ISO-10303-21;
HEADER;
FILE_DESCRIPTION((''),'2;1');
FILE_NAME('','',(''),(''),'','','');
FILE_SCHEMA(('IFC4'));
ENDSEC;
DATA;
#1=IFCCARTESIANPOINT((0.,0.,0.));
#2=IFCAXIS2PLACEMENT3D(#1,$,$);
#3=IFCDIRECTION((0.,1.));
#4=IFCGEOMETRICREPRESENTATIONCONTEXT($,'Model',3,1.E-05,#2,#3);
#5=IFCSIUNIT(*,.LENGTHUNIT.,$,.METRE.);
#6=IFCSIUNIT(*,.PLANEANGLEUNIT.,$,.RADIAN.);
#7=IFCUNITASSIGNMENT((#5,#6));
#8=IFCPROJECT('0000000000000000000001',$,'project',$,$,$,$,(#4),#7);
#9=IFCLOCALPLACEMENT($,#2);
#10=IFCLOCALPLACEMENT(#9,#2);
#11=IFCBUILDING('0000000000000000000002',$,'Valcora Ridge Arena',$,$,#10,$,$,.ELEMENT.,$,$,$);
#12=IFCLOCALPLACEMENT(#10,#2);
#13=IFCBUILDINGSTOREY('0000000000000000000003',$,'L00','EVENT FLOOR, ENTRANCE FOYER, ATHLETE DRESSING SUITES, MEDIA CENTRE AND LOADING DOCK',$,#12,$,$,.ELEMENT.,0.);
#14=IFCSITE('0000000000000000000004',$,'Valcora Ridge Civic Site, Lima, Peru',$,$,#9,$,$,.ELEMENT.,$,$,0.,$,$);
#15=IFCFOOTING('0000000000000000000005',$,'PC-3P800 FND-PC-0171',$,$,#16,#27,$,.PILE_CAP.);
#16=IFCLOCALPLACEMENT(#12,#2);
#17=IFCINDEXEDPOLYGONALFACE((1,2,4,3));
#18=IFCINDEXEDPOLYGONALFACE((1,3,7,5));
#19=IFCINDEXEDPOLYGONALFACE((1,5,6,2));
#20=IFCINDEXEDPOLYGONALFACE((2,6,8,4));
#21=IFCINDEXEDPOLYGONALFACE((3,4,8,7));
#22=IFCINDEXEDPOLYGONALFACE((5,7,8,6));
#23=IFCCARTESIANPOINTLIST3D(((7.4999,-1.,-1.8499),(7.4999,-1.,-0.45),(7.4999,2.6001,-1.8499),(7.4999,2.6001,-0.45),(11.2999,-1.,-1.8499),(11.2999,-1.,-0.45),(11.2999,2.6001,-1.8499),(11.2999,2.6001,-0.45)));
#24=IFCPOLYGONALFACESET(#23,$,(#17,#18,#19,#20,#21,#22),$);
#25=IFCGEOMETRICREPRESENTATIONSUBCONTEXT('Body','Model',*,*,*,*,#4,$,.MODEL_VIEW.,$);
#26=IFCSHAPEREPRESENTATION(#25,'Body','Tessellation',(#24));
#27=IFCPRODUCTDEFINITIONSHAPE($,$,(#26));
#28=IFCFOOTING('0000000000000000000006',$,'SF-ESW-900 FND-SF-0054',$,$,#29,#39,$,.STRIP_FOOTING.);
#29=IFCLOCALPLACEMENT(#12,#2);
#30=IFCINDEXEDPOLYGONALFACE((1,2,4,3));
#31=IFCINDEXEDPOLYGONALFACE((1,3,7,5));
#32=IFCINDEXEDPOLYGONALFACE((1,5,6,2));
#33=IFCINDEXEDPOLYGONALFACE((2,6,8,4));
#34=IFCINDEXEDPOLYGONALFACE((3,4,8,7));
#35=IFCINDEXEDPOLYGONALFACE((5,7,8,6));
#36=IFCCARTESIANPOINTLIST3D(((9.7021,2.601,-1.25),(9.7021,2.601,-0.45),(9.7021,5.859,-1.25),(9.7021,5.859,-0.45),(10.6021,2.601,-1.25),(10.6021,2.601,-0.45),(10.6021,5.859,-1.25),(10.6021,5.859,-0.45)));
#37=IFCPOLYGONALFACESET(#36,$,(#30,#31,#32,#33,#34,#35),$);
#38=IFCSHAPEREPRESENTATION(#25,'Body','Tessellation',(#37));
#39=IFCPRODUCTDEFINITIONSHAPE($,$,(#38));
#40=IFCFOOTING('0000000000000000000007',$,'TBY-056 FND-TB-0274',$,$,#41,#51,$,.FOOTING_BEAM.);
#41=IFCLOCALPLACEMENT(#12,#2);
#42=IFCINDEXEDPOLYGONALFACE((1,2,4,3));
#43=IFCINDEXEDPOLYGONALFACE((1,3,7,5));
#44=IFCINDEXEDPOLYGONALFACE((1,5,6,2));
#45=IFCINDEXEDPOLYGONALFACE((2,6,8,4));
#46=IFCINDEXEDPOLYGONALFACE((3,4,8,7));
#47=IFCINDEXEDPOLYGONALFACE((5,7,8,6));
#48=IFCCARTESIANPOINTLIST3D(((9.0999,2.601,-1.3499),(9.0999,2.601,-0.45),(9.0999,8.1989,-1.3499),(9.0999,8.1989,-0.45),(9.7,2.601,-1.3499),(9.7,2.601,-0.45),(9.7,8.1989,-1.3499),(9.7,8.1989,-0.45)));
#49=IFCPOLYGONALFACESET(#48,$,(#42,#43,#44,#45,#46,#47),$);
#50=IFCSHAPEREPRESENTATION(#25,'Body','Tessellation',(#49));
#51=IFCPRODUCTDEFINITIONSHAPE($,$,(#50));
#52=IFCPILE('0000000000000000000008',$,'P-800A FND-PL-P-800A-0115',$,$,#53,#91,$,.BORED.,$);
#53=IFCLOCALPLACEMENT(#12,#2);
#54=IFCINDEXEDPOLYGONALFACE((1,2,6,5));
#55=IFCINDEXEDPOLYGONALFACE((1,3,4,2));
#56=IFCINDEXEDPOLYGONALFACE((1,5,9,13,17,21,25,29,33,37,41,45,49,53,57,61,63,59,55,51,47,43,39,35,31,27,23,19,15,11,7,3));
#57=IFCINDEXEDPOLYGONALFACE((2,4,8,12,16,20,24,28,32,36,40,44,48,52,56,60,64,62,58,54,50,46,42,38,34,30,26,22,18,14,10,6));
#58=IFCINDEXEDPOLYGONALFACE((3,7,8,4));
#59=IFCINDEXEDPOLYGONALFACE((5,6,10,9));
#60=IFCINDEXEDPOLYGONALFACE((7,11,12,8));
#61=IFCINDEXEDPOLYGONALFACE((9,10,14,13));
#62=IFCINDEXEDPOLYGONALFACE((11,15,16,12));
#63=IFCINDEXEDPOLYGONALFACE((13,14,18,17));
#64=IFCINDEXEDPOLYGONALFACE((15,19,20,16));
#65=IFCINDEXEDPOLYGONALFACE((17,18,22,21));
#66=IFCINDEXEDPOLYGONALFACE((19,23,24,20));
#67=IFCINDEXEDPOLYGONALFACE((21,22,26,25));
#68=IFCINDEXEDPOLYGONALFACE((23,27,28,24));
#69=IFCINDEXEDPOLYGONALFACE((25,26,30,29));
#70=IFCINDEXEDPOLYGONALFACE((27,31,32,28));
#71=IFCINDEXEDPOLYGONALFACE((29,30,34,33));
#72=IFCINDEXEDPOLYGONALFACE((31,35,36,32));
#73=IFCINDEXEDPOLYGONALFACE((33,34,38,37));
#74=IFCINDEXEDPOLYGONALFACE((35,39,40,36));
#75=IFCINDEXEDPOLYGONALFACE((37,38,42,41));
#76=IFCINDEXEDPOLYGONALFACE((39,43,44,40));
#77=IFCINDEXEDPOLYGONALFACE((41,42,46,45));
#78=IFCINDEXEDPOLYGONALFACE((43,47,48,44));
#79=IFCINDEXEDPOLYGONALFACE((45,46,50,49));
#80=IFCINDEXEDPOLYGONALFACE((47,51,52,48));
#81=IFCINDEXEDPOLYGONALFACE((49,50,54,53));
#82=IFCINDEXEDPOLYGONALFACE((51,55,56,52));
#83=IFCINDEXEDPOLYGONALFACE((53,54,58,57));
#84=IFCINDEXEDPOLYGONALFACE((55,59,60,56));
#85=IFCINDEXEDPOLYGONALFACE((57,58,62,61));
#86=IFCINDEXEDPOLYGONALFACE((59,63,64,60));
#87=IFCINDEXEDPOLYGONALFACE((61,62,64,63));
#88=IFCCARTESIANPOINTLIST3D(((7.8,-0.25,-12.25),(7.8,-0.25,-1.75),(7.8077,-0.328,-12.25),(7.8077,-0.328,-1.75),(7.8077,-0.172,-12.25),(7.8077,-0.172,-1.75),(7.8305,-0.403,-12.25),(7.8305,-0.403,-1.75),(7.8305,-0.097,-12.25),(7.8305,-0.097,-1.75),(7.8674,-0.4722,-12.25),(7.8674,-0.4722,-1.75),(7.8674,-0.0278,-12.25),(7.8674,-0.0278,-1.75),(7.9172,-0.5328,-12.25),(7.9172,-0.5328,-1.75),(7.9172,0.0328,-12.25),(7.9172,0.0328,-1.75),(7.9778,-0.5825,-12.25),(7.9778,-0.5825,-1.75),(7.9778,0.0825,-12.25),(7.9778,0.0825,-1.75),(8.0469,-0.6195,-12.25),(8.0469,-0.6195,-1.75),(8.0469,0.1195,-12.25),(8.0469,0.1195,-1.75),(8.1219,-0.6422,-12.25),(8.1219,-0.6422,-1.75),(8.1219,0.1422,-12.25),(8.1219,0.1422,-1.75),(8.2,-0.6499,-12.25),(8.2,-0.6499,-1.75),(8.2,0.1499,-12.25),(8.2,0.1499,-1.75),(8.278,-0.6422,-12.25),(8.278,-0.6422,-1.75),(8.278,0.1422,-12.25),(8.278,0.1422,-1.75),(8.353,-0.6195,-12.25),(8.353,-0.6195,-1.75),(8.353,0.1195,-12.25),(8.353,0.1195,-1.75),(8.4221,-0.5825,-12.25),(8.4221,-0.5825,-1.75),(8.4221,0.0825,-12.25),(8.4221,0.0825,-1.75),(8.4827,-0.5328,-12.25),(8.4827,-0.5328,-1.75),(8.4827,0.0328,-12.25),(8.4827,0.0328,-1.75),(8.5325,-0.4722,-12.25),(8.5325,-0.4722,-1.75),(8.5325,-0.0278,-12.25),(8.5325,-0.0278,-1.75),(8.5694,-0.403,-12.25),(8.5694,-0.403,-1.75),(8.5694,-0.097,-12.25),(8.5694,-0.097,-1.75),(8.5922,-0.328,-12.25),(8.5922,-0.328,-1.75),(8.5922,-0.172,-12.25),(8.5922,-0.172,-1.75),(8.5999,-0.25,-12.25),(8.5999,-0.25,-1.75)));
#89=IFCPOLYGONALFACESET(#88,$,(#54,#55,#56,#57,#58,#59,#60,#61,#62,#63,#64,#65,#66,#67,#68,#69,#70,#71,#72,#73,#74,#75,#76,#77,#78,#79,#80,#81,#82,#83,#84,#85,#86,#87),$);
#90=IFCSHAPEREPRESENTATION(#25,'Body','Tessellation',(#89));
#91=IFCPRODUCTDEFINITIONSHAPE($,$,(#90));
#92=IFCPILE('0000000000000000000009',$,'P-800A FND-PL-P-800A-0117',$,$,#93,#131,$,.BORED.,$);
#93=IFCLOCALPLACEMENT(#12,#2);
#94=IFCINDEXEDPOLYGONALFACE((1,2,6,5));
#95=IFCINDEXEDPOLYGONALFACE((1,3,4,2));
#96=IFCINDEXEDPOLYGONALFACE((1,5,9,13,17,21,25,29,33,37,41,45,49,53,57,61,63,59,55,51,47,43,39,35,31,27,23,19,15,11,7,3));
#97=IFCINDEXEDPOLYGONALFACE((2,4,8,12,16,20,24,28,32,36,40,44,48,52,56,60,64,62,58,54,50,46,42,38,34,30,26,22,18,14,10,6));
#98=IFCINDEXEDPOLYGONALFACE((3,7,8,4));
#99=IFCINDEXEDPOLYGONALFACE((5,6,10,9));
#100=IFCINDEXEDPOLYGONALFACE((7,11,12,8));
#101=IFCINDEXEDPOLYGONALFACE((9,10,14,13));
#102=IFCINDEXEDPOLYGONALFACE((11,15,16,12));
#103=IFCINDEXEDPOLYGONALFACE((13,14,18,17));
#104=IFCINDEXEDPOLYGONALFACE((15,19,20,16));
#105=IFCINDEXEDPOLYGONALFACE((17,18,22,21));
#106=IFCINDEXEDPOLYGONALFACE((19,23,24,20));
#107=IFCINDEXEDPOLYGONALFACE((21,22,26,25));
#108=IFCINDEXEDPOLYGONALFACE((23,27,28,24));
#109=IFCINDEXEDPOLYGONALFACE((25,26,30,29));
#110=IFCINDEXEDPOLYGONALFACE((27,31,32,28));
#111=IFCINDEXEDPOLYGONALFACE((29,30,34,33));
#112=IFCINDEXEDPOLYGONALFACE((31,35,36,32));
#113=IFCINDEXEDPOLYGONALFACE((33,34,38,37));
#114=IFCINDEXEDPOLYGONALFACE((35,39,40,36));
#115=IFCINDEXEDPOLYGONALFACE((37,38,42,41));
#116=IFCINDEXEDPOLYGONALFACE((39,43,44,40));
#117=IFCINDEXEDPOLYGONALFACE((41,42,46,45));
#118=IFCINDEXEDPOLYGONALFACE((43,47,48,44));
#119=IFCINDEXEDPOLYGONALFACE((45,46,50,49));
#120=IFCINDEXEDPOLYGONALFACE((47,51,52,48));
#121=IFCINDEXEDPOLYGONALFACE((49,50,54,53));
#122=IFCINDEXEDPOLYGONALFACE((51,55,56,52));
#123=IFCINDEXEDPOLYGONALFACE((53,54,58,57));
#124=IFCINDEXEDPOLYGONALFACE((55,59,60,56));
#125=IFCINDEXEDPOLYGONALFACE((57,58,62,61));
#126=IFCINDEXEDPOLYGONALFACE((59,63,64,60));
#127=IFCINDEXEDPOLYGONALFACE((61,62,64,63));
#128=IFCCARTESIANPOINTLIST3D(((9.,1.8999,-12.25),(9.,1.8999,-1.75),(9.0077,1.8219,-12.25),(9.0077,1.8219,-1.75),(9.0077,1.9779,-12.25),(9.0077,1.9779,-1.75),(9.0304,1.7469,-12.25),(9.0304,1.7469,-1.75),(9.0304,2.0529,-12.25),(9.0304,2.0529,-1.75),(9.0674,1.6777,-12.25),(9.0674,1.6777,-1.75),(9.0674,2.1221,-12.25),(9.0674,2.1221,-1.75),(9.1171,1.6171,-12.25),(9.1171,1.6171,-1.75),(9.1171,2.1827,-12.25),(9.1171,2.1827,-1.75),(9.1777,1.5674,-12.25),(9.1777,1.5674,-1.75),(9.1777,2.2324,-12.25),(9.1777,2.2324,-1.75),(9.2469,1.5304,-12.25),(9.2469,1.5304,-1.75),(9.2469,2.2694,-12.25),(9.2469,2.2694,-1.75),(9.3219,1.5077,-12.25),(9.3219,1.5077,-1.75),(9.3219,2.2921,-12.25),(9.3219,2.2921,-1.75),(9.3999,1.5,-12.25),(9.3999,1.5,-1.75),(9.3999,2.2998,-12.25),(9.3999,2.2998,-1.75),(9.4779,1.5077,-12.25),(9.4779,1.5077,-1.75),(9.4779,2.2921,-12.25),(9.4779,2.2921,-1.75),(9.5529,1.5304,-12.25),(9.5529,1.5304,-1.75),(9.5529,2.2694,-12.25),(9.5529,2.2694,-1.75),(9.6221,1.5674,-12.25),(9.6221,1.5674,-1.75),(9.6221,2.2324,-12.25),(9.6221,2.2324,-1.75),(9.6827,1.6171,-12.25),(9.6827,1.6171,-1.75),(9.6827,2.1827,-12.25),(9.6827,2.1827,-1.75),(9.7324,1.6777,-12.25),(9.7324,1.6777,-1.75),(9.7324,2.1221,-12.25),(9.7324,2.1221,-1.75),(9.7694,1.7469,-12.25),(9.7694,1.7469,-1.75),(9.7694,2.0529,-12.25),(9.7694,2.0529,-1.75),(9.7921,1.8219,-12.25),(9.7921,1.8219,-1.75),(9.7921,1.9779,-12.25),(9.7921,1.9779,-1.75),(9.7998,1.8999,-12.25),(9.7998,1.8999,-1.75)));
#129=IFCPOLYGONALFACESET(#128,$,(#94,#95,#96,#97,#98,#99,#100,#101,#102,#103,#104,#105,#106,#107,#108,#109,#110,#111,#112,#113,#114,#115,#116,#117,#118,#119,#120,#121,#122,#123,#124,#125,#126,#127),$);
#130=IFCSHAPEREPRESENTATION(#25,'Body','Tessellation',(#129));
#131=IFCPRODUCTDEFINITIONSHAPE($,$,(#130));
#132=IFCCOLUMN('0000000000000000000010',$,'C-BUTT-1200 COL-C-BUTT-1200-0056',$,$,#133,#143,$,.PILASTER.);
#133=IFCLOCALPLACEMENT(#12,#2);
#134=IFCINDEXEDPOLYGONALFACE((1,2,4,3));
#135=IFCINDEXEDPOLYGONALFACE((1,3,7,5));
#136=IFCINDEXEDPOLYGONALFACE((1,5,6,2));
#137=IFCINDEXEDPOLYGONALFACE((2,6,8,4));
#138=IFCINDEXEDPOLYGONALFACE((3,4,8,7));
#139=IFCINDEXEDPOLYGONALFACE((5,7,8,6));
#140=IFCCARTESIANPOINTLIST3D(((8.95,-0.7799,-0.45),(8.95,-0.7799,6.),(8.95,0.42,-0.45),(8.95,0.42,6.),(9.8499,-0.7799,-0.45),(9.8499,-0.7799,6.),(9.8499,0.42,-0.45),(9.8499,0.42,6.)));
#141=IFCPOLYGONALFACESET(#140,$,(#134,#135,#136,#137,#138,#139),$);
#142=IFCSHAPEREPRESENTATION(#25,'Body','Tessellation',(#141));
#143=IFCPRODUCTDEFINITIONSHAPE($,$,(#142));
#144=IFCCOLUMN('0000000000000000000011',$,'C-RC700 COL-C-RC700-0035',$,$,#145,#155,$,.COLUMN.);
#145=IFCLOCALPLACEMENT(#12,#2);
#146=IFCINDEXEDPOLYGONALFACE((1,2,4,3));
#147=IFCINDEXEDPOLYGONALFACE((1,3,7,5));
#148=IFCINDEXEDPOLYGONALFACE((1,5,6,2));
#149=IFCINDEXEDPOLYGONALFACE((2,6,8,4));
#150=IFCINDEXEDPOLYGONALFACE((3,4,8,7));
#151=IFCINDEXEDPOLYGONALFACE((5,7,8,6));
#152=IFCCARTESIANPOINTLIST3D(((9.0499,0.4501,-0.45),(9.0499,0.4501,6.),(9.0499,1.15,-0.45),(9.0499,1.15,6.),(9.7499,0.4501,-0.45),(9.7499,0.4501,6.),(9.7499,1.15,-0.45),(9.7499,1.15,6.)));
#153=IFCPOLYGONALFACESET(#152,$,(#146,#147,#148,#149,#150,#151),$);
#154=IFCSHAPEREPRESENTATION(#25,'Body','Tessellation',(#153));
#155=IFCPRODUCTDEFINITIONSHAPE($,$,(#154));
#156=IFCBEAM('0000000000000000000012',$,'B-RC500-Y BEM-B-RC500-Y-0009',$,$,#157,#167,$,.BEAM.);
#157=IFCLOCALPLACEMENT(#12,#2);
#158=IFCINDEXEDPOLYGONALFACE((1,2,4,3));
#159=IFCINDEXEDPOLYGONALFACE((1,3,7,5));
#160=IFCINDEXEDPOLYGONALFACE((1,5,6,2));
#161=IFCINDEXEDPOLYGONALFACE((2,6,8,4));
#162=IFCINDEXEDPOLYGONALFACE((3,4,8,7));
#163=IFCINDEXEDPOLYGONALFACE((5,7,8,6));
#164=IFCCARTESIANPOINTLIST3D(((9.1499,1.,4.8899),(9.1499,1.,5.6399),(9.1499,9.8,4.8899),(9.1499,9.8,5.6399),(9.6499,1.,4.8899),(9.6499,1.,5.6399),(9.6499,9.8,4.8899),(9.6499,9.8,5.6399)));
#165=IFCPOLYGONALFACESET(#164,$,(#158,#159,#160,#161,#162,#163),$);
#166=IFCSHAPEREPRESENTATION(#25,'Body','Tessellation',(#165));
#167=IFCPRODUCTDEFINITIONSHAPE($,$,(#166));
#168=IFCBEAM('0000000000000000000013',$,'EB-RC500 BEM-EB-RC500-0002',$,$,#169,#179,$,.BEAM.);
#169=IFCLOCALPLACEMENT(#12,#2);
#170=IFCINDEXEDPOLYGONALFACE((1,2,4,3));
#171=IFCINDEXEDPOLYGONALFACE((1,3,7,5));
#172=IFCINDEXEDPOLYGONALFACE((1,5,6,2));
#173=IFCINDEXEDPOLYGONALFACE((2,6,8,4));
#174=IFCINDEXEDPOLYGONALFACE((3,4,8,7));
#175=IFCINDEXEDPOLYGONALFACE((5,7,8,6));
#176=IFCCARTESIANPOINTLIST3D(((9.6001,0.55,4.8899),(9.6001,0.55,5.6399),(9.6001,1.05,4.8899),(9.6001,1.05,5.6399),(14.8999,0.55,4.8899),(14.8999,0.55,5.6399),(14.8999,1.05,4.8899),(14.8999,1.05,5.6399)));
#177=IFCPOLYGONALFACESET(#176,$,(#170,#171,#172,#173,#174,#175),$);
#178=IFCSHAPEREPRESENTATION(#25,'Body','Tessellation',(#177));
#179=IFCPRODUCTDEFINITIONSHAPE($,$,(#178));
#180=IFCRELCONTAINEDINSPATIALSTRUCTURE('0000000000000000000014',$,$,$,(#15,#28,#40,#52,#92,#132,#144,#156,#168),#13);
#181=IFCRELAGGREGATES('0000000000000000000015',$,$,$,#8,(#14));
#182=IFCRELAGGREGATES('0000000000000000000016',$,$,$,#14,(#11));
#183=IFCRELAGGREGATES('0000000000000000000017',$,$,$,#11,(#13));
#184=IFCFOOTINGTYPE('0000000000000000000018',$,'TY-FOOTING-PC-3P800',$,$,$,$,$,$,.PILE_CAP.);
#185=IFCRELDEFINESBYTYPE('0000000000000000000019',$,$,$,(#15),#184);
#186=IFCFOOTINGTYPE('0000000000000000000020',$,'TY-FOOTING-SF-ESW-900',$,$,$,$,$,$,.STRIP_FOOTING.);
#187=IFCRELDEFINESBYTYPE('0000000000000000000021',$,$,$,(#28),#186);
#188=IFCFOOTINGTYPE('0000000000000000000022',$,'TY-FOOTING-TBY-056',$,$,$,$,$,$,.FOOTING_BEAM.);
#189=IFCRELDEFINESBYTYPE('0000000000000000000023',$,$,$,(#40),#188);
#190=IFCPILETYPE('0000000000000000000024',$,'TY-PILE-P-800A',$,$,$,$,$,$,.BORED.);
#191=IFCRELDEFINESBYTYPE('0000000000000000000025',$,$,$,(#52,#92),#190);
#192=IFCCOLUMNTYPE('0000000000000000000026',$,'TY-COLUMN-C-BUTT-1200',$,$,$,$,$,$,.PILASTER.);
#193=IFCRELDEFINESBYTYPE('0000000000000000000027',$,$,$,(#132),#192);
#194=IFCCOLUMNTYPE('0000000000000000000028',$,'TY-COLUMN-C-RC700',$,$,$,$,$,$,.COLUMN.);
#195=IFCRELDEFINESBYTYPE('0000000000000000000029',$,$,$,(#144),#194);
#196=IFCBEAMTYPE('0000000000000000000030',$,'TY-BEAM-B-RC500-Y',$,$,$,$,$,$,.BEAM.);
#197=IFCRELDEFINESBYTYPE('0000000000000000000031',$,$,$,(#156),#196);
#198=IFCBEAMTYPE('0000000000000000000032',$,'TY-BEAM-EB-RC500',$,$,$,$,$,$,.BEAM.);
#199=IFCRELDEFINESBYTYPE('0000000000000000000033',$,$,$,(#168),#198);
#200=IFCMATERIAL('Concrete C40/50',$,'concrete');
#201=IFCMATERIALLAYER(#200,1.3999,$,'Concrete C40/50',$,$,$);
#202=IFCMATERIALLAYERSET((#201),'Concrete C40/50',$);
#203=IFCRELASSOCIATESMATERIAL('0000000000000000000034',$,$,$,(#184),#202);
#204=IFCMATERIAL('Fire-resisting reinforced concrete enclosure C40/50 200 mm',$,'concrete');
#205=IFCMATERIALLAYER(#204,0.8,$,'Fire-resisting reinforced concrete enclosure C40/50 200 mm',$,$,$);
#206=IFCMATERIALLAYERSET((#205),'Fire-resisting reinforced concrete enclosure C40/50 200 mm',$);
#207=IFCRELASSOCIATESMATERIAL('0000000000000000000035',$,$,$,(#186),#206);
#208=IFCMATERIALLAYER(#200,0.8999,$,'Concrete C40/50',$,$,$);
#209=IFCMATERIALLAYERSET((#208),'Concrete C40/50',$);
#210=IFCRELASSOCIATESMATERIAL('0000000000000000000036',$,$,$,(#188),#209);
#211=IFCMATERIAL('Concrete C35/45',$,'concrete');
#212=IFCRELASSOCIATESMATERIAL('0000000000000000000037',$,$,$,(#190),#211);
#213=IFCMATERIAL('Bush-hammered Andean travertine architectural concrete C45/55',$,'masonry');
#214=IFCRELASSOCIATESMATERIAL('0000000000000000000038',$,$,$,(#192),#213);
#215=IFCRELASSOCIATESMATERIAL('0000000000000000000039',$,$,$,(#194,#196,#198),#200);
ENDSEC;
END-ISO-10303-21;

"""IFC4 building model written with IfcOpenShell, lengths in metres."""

from ifc_helpers import new_model, si_unit, direction, frame, origin, origin_2d, place, context, subcontext, project, spatial, rectangle, circle, extrude, material, layer, layer_set, material_profile, profile_set, type_object, element, save


model = new_model("IFC4")

# Units and contexts
model_context = context("Model", 3, precision=1e-05, world=origin(), true_north=direction((0.0, 1.0)))
body_context = subcontext(model_context, "Body", "Model", "MODEL_VIEW")
ifc_project = project(units=[si_unit("LENGTHUNIT", "METRE"), si_unit("PLANEANGLEUNIT", "RADIAN")], contexts=[model_context])

# Site, building, storey
site_placement = place(None, origin())
site = spatial("IfcSite", under=ifc_project, at=site_placement, Name="Valcora Ridge Civic Site, Lima, Peru", CompositionType="ELEMENT", RefElevation=0.0)
building_placement = place(site_placement, origin())
building = spatial("IfcBuilding", under=site, at=building_placement, Name="Valcora Ridge Arena", CompositionType="ELEMENT")
storey_placement = place(building_placement, origin())
storey = spatial("IfcBuildingStorey", under=building, at=storey_placement, Name="L00", Description="EVENT FLOOR, ENTRANCE FOYER, ATHLETE DRESSING SUITES, MEDIA CENTRE AND LOADING DOCK", CompositionType="ELEMENT", Elevation=0.0)

# Footings
ifc_material_1 = material(Name="Concrete C40/50", Category="concrete")
ifc_layer_1 = layer(ifc_material_1, 1.3999, Name="Concrete C40/50")
ifc_layer_set_1 = layer_set([ifc_layer_1], Name="Concrete C40/50")
footing_type_1 = type_object("IfcFootingType", Name="TY-FOOTING-PC-3P800", PredefinedType="PILE_CAP", material=ifc_layer_set_1)
footing_1_placement = place(storey_placement, frame((9.3999, 0.8, -1.8499), z_axis=(0.0, 0.0, 1.0), x_axis=(1.0, 0.0, 0.0)))
element("IfcFooting", 1, at=footing_1_placement, inside=storey, type_object=footing_type_1, Name="PC-3P800 FND-PC-0171", PredefinedType="PILE_CAP", context=body_context, shape_type="SweptSolid", body=[
    extrude(rectangle(XDim=3.8, YDim=3.6001, at=origin_2d()), origin(), (0.0, 0.0, 1.0), 1.3999),
])
ifc_material_2 = material(Name="Fire-resisting reinforced concrete enclosure C40/50 200 mm", Category="concrete")
ifc_layer_2 = layer(ifc_material_2, 0.8, Name="Fire-resisting reinforced concrete enclosure C40/50 200 mm")
ifc_layer_set_2 = layer_set([ifc_layer_2], Name="Fire-resisting reinforced concrete enclosure C40/50 200 mm")
footing_type_2 = type_object("IfcFootingType", Name="TY-FOOTING-SF-ESW-900", PredefinedType="STRIP_FOOTING", material=ifc_layer_set_2)
footing_2_placement = place(storey_placement, frame((10.1521, 4.23, -1.25), z_axis=(0.0, 0.0, 1.0), x_axis=(1.0, 0.0, 0.0)))
element("IfcFooting", 2, at=footing_2_placement, inside=storey, type_object=footing_type_2, Name="SF-ESW-900 FND-SF-0054", PredefinedType="STRIP_FOOTING", context=body_context, shape_type="SweptSolid", body=[
    extrude(rectangle(XDim=0.8999, YDim=3.2581, at=origin_2d()), origin(), (0.0, 0.0, 1.0), 0.8),
])
ifc_layer_3 = layer(ifc_material_1, 0.8999, Name="Concrete C40/50")
ifc_layer_set_3 = layer_set([ifc_layer_3], Name="Concrete C40/50")
footing_type_3 = type_object("IfcFootingType", Name="TY-FOOTING-TBY-056", PredefinedType="FOOTING_BEAM", material=ifc_layer_set_3)
footing_3_placement = place(storey_placement, frame((9.3999, 5.3999, -1.3499), z_axis=(0.0, 0.0, 1.0), x_axis=(1.0, 0.0, 0.0)))
element("IfcFooting", 3, at=footing_3_placement, inside=storey, type_object=footing_type_3, Name="TBY-056 FND-TB-0274", PredefinedType="FOOTING_BEAM", context=body_context, shape_type="SweptSolid", body=[
    extrude(rectangle(XDim=0.6001, YDim=5.5979, at=origin_2d()), origin(), (0.0, 0.0, 1.0), 0.8999),
])

# Piles
ifc_material_3 = material(Name="Concrete C35/45", Category="concrete")
ifc_material_profile_1 = material_profile(ifc_material_3, circle(Radius=0.3999, at=origin_2d()), Name="BORED PILE D800")
ifc_profile_set_1 = profile_set([ifc_material_profile_1], Name="Concrete C35/45")
pile_type = type_object("IfcPileType", Name="TY-PILE-P-800A", PredefinedType="BORED", material=ifc_profile_set_1)
for number, where, z_axis, x_axis, name in (
    (4, (8.2, -0.25, -1.75), (0.0, 0.0, -1.0), (1.0, 0.0, 0.0), "P-800A FND-PL-P-800A-0115"),
    (5, (9.3999, 1.8999, -1.75), (0.0, 0.0, -1.0), (1.0, 0.0, 0.0), "P-800A FND-PL-P-800A-0117"),
):
    element("IfcPile", number, at=place(storey_placement, frame(where, z_axis=z_axis, x_axis=x_axis)), inside=storey, type_object=pile_type, Name=name, PredefinedType="BORED", context=body_context, shape_type="SweptSolid", body=[
        extrude(circle(Radius=0.3999, at=origin_2d()), origin(), (0.0, 0.0, 1.0), 10.5),
    ])

# Columns
ifc_material_4 = material(Name="Bush-hammered Andean travertine architectural concrete C45/55", Category="masonry")
ifc_material_profile_2 = material_profile(ifc_material_4, rectangle(XDim=0.8999, YDim=1.2, at=origin_2d()), Name="RC 900x1200")
ifc_profile_set_2 = profile_set([ifc_material_profile_2], Name="Bush-hammered Andean travertine architectural concrete C45/55")
column_type_1 = type_object("IfcColumnType", Name="TY-COLUMN-C-BUTT-1200", PredefinedType="PILASTER", material=ifc_profile_set_2)
column_1_placement = place(storey_placement, frame((9.3999, -0.1799, -0.45), z_axis=(0.0, 0.0, 1.0), x_axis=(1.0, 0.0, 0.0)))
element("IfcColumn", 6, at=column_1_placement, inside=storey, type_object=column_type_1, Name="C-BUTT-1200 COL-C-BUTT-1200-0056", PredefinedType="PILASTER", context=body_context, shape_type="SweptSolid", body=[
    extrude(rectangle(XDim=0.8999, YDim=1.2, at=origin_2d()), origin(), (0.0, 0.0, 1.0), 6.45),
])
ifc_material_profile_3 = material_profile(ifc_material_1, rectangle(XDim=0.7, YDim=0.7, at=origin_2d()), Name="RC 700x700")
ifc_profile_set_3 = profile_set([ifc_material_profile_3], Name="Concrete C40/50")
column_type_2 = type_object("IfcColumnType", Name="TY-COLUMN-C-RC700", PredefinedType="COLUMN", material=ifc_profile_set_3)
column_2_placement = place(storey_placement, frame((9.3999, 0.8, -0.45), z_axis=(0.0, 0.0, 1.0), x_axis=(1.0, 0.0, 0.0)))
element("IfcColumn", 7, at=column_2_placement, inside=storey, type_object=column_type_2, Name="C-RC700 COL-C-RC700-0035", PredefinedType="COLUMN", context=body_context, shape_type="SweptSolid", body=[
    extrude(rectangle(XDim=0.7, YDim=0.7, at=origin_2d()), origin(), (0.0, 0.0, 1.0), 6.45),
])

# Beams
ifc_material_profile_4 = material_profile(ifc_material_1, rectangle(XDim=0.5, YDim=0.75, at=origin_2d()), Name="RC 500x750")
ifc_profile_set_4 = profile_set([ifc_material_profile_4], Name="Concrete C40/50")
beam_type_1 = type_object("IfcBeamType", Name="TY-BEAM-B-RC500-Y", PredefinedType="BEAM", material=ifc_profile_set_4)
beam_1_placement = place(storey_placement, frame((9.3999, 1.0, 5.2649), z_axis=(0.0, 1.0, 0.0), x_axis=(-1.0, 0.0, 0.0)))
element("IfcBeam", 8, at=beam_1_placement, inside=storey, type_object=beam_type_1, Name="B-RC500-Y BEM-B-RC500-Y-0009", PredefinedType="BEAM", context=body_context, shape_type="SweptSolid", body=[
    extrude(rectangle(XDim=0.5, YDim=0.75, at=origin_2d()), origin(), (0.0, 0.0, 1.0), 8.8),
])
ifc_material_profile_5 = material_profile(ifc_material_1, rectangle(XDim=0.5, YDim=0.75, at=origin_2d()), Name="RC 500x750")
ifc_profile_set_5 = profile_set([ifc_material_profile_5], Name="Concrete C40/50")
beam_type_2 = type_object("IfcBeamType", Name="TY-BEAM-EB-RC500", PredefinedType="BEAM", material=ifc_profile_set_5)
beam_2_placement = place(storey_placement, frame((9.6001, 0.8, 5.2649), z_axis=(1.0, 0.0, 0.0), x_axis=(0.0, 1.0, 0.0)))
element("IfcBeam", 9, at=beam_2_placement, inside=storey, type_object=beam_type_2, Name="EB-RC500 BEM-EB-RC500-0002", PredefinedType="BEAM", context=body_context, shape_type="SweptSolid", body=[
    extrude(rectangle(XDim=0.5, YDim=0.75, at=origin_2d()), origin(), (0.0, 0.0, 1.0), 5.2998),
])

save(model, "model.ifc")
